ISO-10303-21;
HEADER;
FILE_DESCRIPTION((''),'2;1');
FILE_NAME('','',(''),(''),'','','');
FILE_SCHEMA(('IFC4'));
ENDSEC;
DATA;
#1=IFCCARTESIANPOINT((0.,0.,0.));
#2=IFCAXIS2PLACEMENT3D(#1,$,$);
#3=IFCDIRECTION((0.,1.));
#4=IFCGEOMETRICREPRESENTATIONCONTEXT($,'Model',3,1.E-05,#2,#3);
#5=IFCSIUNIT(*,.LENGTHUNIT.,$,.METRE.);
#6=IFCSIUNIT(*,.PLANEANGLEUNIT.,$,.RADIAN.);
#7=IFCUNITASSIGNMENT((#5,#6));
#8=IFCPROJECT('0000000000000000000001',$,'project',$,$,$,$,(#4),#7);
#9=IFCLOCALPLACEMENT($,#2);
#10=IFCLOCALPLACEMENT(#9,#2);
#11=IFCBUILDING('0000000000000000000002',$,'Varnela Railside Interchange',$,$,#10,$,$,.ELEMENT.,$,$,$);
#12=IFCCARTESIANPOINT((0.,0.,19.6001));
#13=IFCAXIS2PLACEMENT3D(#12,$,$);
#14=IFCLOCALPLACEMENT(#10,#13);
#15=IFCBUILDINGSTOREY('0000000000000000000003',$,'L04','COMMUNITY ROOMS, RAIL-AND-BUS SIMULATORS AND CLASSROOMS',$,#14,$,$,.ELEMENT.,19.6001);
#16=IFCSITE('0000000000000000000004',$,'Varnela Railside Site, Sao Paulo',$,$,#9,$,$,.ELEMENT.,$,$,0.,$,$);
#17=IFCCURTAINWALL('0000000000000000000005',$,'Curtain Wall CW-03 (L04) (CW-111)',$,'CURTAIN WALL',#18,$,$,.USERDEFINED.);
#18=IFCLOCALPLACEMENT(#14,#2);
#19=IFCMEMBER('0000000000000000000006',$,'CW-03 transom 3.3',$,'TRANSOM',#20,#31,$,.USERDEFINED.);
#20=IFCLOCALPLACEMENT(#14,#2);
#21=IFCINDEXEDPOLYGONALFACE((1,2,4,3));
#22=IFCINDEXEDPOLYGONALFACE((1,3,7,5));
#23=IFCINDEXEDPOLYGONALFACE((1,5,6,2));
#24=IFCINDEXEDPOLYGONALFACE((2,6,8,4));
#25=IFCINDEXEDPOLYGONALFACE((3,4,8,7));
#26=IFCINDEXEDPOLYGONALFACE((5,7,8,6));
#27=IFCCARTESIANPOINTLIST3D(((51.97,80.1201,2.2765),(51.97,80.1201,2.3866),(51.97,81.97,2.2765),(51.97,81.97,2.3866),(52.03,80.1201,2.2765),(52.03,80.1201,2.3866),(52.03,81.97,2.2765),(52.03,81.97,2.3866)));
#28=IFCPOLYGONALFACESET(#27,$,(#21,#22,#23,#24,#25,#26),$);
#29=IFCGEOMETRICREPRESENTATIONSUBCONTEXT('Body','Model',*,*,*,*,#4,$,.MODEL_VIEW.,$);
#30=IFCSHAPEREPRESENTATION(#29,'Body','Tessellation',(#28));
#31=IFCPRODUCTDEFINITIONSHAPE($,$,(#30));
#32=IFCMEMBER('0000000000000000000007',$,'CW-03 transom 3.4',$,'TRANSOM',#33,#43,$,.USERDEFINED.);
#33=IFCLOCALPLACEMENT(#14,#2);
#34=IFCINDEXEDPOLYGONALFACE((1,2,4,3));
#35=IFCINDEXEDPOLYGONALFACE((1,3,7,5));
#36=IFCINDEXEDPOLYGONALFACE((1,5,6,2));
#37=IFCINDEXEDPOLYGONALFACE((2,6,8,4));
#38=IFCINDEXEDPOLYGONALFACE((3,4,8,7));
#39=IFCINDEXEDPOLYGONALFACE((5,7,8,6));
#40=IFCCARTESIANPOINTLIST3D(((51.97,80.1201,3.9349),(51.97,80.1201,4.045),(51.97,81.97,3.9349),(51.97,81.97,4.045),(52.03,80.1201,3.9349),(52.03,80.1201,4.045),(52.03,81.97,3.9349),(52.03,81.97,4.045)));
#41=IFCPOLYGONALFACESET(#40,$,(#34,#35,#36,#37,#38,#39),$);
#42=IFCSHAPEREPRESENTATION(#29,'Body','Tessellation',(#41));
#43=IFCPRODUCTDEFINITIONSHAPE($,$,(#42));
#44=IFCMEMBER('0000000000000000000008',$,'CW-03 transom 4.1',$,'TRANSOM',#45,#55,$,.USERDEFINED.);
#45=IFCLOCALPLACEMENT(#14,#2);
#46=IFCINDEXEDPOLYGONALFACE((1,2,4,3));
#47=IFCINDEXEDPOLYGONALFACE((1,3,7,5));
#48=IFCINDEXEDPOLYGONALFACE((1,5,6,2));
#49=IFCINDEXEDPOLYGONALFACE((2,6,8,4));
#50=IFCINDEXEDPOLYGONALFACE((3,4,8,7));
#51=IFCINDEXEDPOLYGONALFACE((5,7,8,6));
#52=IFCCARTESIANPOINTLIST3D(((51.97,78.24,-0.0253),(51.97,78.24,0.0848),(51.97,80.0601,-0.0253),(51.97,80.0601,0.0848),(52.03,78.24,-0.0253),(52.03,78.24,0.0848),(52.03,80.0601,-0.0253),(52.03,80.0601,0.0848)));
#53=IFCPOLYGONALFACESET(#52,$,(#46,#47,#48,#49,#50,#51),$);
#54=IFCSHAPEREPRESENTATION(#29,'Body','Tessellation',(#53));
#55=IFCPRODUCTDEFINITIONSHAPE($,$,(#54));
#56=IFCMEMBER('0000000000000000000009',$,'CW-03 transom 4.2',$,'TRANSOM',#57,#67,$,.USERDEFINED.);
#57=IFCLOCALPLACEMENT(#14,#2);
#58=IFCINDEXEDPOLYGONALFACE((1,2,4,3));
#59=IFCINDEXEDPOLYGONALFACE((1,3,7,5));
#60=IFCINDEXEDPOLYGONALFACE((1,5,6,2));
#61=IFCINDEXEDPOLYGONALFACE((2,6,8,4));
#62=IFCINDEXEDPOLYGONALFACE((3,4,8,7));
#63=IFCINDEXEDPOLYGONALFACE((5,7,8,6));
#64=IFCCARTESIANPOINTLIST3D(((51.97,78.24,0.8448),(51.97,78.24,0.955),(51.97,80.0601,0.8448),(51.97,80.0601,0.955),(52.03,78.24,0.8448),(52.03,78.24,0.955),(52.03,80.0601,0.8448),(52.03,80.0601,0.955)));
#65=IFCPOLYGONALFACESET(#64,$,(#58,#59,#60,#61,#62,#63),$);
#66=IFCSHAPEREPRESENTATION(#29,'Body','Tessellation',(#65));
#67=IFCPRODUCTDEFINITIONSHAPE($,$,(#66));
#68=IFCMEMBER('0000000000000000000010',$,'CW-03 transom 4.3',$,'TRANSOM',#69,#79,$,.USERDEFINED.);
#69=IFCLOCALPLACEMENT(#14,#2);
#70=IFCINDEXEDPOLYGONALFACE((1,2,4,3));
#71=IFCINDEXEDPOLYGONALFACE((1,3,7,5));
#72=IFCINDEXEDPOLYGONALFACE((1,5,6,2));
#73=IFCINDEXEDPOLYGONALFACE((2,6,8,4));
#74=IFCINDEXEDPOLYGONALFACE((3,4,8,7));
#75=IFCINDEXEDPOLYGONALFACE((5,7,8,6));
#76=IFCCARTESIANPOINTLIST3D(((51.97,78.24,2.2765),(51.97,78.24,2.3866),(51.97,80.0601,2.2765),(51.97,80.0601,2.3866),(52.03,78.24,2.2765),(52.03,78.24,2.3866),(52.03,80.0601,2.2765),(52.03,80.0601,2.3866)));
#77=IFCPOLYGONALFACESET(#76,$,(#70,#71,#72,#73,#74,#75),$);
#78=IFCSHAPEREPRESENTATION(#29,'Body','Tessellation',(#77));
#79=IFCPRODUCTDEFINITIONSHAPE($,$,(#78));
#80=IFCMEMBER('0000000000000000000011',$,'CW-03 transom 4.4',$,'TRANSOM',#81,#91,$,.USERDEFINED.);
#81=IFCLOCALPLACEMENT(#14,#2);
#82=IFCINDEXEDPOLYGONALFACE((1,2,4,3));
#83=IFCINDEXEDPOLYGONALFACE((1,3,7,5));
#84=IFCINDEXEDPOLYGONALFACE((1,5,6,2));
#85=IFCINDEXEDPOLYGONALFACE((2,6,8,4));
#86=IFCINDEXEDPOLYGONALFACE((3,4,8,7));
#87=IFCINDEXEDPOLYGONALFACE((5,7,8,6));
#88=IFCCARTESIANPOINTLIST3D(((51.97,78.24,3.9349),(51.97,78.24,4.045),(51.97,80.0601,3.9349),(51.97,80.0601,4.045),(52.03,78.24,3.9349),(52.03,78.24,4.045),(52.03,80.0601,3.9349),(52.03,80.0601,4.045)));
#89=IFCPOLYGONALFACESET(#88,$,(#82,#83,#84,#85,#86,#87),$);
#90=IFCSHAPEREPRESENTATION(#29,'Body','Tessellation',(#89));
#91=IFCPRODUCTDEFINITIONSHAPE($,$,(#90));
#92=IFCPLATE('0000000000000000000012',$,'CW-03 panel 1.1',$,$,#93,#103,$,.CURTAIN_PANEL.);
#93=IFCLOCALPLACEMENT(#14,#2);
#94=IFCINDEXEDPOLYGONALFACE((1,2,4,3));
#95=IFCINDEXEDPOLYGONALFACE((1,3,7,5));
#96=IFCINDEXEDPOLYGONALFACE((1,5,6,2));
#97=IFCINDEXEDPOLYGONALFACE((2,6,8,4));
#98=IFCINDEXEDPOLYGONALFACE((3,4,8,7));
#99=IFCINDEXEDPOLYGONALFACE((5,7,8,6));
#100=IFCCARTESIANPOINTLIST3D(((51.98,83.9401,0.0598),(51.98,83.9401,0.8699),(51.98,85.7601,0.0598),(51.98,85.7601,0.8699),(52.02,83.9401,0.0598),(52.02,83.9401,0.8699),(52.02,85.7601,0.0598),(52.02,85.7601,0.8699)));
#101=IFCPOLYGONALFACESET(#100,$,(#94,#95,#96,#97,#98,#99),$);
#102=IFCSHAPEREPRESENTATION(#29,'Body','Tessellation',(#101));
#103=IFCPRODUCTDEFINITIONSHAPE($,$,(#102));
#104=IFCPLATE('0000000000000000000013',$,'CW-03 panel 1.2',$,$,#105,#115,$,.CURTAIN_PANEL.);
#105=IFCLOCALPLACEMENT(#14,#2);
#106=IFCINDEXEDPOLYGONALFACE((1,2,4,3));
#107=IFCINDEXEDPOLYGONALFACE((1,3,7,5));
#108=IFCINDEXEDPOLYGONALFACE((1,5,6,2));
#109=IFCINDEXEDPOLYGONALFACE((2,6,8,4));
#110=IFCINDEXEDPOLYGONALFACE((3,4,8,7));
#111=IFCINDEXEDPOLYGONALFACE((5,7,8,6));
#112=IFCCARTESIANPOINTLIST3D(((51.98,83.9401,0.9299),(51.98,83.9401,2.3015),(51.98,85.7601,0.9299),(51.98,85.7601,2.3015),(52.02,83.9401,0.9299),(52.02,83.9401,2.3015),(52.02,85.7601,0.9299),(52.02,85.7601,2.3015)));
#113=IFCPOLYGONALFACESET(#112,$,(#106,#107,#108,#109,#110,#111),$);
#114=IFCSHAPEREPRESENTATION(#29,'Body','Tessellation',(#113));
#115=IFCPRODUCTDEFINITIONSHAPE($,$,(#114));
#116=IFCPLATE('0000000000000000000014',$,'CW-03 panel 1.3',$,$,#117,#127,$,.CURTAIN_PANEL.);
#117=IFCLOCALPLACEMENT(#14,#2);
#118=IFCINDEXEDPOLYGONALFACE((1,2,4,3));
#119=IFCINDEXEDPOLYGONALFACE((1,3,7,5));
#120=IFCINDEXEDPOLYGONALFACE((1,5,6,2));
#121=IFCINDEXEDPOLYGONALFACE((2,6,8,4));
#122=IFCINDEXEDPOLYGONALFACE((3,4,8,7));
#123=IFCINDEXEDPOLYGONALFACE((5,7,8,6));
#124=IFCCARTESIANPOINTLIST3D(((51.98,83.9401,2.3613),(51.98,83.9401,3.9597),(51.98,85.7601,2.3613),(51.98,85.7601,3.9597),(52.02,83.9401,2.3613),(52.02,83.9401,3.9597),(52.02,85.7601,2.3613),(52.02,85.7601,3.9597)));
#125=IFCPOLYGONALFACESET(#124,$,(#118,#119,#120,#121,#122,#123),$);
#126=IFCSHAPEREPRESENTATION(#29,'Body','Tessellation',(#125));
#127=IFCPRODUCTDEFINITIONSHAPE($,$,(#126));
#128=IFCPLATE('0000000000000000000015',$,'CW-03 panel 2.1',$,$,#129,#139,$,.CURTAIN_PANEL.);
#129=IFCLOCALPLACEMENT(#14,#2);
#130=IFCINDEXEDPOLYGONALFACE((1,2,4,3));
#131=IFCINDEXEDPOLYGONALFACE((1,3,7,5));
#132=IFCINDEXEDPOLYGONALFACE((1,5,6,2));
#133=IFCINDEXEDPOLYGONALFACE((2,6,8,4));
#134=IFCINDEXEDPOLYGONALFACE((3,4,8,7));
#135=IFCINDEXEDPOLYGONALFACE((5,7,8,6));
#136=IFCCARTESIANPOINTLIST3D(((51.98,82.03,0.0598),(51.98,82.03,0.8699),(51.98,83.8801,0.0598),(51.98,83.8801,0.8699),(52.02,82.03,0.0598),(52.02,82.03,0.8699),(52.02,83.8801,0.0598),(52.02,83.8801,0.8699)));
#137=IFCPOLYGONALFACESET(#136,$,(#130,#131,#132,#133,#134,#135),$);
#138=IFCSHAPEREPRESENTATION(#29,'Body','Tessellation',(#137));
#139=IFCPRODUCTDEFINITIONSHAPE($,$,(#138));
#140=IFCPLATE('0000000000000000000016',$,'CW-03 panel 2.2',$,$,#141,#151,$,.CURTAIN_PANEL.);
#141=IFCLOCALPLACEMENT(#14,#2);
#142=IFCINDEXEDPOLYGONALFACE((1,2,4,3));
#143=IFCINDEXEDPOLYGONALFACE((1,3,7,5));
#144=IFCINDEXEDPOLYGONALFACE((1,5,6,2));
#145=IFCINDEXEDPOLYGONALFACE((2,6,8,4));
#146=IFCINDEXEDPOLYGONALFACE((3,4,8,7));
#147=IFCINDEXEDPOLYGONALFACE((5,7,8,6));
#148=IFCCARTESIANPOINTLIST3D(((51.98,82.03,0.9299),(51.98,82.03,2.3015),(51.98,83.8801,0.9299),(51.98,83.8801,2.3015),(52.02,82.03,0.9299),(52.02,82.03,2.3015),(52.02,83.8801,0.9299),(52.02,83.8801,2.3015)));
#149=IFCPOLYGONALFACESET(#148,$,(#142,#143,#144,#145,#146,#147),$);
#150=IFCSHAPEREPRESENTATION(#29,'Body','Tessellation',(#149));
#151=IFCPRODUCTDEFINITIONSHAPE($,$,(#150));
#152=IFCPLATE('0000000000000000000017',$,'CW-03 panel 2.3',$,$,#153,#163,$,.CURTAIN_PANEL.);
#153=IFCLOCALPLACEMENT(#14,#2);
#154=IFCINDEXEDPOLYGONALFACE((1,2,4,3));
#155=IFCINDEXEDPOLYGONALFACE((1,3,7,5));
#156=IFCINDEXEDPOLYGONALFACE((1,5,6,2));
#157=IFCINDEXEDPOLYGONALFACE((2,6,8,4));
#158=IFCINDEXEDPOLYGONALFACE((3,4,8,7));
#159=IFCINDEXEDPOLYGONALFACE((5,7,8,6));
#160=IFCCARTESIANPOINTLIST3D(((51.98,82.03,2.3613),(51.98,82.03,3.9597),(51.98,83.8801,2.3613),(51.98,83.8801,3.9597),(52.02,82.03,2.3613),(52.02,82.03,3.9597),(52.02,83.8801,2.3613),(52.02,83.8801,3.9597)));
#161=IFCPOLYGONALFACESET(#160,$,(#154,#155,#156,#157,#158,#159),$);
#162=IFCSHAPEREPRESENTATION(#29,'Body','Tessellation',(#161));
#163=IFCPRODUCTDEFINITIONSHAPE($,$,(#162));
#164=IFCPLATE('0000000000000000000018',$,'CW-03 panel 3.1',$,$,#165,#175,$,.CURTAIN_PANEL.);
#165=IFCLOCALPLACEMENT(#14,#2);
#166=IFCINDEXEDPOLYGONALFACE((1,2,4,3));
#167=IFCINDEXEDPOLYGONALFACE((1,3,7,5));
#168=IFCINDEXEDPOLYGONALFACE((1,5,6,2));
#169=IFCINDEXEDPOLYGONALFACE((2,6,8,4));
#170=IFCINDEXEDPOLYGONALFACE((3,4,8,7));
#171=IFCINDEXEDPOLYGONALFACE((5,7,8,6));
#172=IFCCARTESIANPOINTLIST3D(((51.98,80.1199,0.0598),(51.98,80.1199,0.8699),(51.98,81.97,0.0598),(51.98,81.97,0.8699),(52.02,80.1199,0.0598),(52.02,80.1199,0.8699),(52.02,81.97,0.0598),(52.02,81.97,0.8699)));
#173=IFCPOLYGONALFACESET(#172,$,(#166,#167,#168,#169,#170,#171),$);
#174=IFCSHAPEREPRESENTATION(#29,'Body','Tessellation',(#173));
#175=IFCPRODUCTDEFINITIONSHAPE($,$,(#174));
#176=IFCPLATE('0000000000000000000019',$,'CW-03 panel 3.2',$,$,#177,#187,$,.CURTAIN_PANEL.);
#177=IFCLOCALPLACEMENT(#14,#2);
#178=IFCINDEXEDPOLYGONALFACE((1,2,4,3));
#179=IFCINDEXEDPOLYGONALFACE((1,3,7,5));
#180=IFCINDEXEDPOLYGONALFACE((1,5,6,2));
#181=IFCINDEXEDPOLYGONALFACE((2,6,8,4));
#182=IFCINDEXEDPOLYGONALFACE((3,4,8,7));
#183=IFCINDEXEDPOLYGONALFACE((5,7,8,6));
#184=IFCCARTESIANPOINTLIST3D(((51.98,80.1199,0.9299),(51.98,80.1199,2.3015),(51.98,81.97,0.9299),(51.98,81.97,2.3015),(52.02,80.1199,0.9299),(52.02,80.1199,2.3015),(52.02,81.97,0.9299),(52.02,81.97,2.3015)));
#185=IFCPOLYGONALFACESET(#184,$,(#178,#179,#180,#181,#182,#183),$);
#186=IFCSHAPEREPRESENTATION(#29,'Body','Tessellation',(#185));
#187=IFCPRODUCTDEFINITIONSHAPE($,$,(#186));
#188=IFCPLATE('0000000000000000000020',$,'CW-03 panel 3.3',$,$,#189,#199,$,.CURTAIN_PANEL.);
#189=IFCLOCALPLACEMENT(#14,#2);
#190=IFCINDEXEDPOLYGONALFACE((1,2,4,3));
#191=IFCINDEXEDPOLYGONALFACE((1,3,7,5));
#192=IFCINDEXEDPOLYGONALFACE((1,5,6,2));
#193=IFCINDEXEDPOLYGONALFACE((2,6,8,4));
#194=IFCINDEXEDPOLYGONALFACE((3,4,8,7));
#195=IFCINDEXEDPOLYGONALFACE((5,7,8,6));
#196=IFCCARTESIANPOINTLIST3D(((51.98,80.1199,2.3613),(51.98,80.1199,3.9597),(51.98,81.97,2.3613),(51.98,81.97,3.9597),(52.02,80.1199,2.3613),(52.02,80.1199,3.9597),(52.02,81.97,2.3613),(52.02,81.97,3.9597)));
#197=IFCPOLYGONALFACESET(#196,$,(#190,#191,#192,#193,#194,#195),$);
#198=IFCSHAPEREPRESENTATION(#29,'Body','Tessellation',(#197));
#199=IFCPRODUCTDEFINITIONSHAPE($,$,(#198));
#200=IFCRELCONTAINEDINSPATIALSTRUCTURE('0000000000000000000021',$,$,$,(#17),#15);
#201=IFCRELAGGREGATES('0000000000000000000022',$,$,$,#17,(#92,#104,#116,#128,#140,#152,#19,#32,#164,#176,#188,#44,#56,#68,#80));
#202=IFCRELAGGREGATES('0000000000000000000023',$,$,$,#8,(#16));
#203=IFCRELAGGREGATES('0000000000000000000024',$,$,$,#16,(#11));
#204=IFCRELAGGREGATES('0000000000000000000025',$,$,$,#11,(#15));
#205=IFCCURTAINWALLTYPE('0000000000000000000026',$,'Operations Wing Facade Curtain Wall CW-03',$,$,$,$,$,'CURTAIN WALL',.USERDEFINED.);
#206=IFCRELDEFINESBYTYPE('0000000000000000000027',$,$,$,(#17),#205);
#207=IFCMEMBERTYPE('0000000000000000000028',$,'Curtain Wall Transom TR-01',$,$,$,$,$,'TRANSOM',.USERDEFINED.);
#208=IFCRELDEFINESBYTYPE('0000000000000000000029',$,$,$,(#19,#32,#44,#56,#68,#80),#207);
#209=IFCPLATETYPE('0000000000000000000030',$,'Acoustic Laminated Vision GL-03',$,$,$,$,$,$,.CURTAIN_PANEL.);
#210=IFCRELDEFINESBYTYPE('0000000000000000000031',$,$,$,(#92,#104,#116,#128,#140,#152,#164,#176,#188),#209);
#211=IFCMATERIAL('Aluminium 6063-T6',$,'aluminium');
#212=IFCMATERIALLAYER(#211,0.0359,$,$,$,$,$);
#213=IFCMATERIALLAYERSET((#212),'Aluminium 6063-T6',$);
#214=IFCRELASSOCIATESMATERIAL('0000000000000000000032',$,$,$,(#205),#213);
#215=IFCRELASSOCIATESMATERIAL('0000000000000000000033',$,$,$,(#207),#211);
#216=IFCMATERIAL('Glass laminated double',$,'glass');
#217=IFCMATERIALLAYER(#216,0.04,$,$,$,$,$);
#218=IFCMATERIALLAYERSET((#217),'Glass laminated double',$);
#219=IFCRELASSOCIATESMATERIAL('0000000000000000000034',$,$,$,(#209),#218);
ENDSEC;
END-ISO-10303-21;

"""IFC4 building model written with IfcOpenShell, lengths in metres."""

from ifc_helpers import new_model, si_unit, direction, frame, origin, origin_2d, place, context, subcontext, project, spatial, rectangle, extrude, material, layer, layer_set, material_profile, profile_set, type_object, element, aggregate, save


model = new_model("IFC4")

# Units and contexts
model_context = context("Model", 3, precision=1e-05, world=origin(), true_north=direction((0.0, 1.0)))
body_context = subcontext(model_context, "Body", "Model", "MODEL_VIEW")
ifc_project = project(units=[si_unit("LENGTHUNIT", "METRE"), si_unit("PLANEANGLEUNIT", "RADIAN")], contexts=[model_context])

# Site, building, storey
site_placement = place(None, origin())
site = spatial("IfcSite", under=ifc_project, at=site_placement, Name="Varnela Railside Site, Sao Paulo", CompositionType="ELEMENT", RefElevation=0.0)
building_placement = place(site_placement, origin())
building = spatial("IfcBuilding", under=site, at=building_placement, Name="Varnela Railside Interchange", CompositionType="ELEMENT")
storey_placement = place(building_placement, frame((0.0, 0.0, 19.6001)))
storey = spatial("IfcBuildingStorey", under=building, at=storey_placement, Name="L04", Description="COMMUNITY ROOMS, RAIL-AND-BUS SIMULATORS AND CLASSROOMS", CompositionType="ELEMENT", Elevation=19.6001)

# Curtain wall
ifc_material_1 = material(Name="Aluminium 6063-T6", Category="aluminium")
ifc_layer_1 = layer(ifc_material_1, 0.0359)
ifc_layer_set_1 = layer_set([ifc_layer_1], Name="Aluminium 6063-T6")
curtain_wall_type = type_object("IfcCurtainWallType", Name="Operations Wing Facade Curtain Wall CW-03", ElementType="CURTAIN WALL", PredefinedType="USERDEFINED", material=ifc_layer_set_1)
curtain_wall_1_placement = place(storey_placement, origin())
curtain_wall_1 = element("IfcCurtainWall", 1, at=curtain_wall_1_placement, inside=storey, type_object=curtain_wall_type, Name="Curtain Wall CW-03 (L04) (CW-111)", ObjectType="CURTAIN WALL", PredefinedType="USERDEFINED")

# Members
ifc_material_profile_1 = material_profile(ifc_material_1, rectangle(XDim=0.0601, YDim=0.1101, at=origin_2d()), Name="ALU 60x110")
ifc_profile_set_1 = profile_set([ifc_material_profile_1], Name="Aluminium 6063-T6")
member_type_1 = type_object("IfcMemberType", Name="Curtain Wall Transom TR-01", ElementType="TRANSOM", PredefinedType="USERDEFINED", material=ifc_profile_set_1)
member_1_placement = place(storey_placement, frame((52.0, 81.97, 2.3315), z_axis=(0.0, -1.0, 0.0), x_axis=(1.0, 0.0, 0.0)))
member_1 = element("IfcMember", 2, at=member_1_placement, type_object=member_type_1, Name="CW-03 transom 3.3", ObjectType="TRANSOM", PredefinedType="USERDEFINED", context=body_context, shape_type="SweptSolid", body=[
    extrude(rectangle(XDim=0.0601, YDim=0.1101, at=origin_2d()), origin(), (0.0, 0.0, 1.0), 1.8499),
])
member_2_placement = place(storey_placement, frame((52.0, 81.97, 3.99), z_axis=(0.0, -1.0, 0.0), x_axis=(1.0, 0.0, 0.0)))
member_2 = element("IfcMember", 3, at=member_2_placement, type_object=member_type_1, Name="CW-03 transom 3.4", ObjectType="TRANSOM", PredefinedType="USERDEFINED", context=body_context, shape_type="SweptSolid", body=[
    extrude(rectangle(XDim=0.0601, YDim=0.1101, at=origin_2d()), origin(), (0.0, 0.0, 1.0), 1.8499),
])
member_3_placement = place(storey_placement, frame((52.0, 80.0601, 0.0298), z_axis=(0.0, -1.0, 0.0), x_axis=(1.0, 0.0, 0.0)))
member_3 = element("IfcMember", 4, at=member_3_placement, type_object=member_type_1, Name="CW-03 transom 4.1", ObjectType="TRANSOM", PredefinedType="USERDEFINED", context=body_context, shape_type="SweptSolid", body=[
    extrude(rectangle(XDim=0.0601, YDim=0.1101, at=origin_2d()), origin(), (0.0, 0.0, 1.0), 1.8201),
])
member_4_placement = place(storey_placement, frame((52.0, 80.0601, 0.8999), z_axis=(0.0, -1.0, 0.0), x_axis=(1.0, 0.0, 0.0)))
member_4 = element("IfcMember", 5, at=member_4_placement, type_object=member_type_1, Name="CW-03 transom 4.2", ObjectType="TRANSOM", PredefinedType="USERDEFINED", context=body_context, shape_type="SweptSolid", body=[
    extrude(rectangle(XDim=0.0601, YDim=0.1101, at=origin_2d()), origin(), (0.0, 0.0, 1.0), 1.8201),
])
member_5_placement = place(storey_placement, frame((52.0, 80.0601, 2.3315), z_axis=(0.0, -1.0, 0.0), x_axis=(1.0, 0.0, 0.0)))
member_5 = element("IfcMember", 6, at=member_5_placement, type_object=member_type_1, Name="CW-03 transom 4.3", ObjectType="TRANSOM", PredefinedType="USERDEFINED", context=body_context, shape_type="SweptSolid", body=[
    extrude(rectangle(XDim=0.0601, YDim=0.1101, at=origin_2d()), origin(), (0.0, 0.0, 1.0), 1.8201),
])
member_6_placement = place(storey_placement, frame((52.0, 80.0601, 3.99), z_axis=(0.0, -1.0, 0.0), x_axis=(1.0, 0.0, 0.0)))
member_6 = element("IfcMember", 7, at=member_6_placement, type_object=member_type_1, Name="CW-03 transom 4.4", ObjectType="TRANSOM", PredefinedType="USERDEFINED", context=body_context, shape_type="SweptSolid", body=[
    extrude(rectangle(XDim=0.0601, YDim=0.1101, at=origin_2d()), origin(), (0.0, 0.0, 1.0), 1.8201),
])

# Plates
ifc_material_2 = material(Name="Glass laminated double", Category="glass")
ifc_layer_2 = layer(ifc_material_2, 0.04)
ifc_layer_set_2 = layer_set([ifc_layer_2], Name="Glass laminated double")
plate_type = type_object("IfcPlateType", Name="Acoustic Laminated Vision GL-03", PredefinedType="CURTAIN_PANEL", material=ifc_layer_set_2)
plate_1_placement = place(storey_placement, frame((52.0, 84.8501, 0.0598), z_axis=(0.0, 0.0, 1.0), x_axis=(0.0, -1.0, 0.0)))
plate_1 = element("IfcPlate", 8, at=plate_1_placement, type_object=plate_type, Name="CW-03 panel 1.1", PredefinedType="CURTAIN_PANEL", context=body_context, shape_type="SweptSolid", body=[
    extrude(rectangle(XDim=1.8201, YDim=0.04, at=origin_2d()), origin(), (0.0, 0.0, 1.0), 0.8101),
])
plate_2_placement = place(storey_placement, frame((52.0, 84.8501, 0.9299), z_axis=(0.0, 0.0, 1.0), x_axis=(0.0, -1.0, 0.0)))
plate_2 = element("IfcPlate", 9, at=plate_2_placement, type_object=plate_type, Name="CW-03 panel 1.2", PredefinedType="CURTAIN_PANEL", context=body_context, shape_type="SweptSolid", body=[
    extrude(rectangle(XDim=1.8201, YDim=0.04, at=origin_2d()), origin(), (0.0, 0.0, 1.0), 1.3716),
])
plate_3_placement = place(storey_placement, frame((52.0, 84.8501, 2.3613), z_axis=(0.0, 0.0, 1.0), x_axis=(0.0, -1.0, 0.0)))
plate_3 = element("IfcPlate", 10, at=plate_3_placement, type_object=plate_type, Name="CW-03 panel 1.3", PredefinedType="CURTAIN_PANEL", context=body_context, shape_type="SweptSolid", body=[
    extrude(rectangle(XDim=1.8201, YDim=0.04, at=origin_2d()), origin(), (0.0, 0.0, 1.0), 1.5984),
])
plate_4_placement = place(storey_placement, frame((52.0, 82.9551, 0.0598), z_axis=(0.0, 0.0, 1.0), x_axis=(0.0, -1.0, 0.0)))
plate_4 = element("IfcPlate", 11, at=plate_4_placement, type_object=plate_type, Name="CW-03 panel 2.1", PredefinedType="CURTAIN_PANEL", context=body_context, shape_type="SweptSolid", body=[
    extrude(rectangle(XDim=1.8501, YDim=0.04, at=origin_2d()), origin(), (0.0, 0.0, 1.0), 0.8101),
])
plate_5_placement = place(storey_placement, frame((52.0, 82.9551, 0.9299), z_axis=(0.0, 0.0, 1.0), x_axis=(0.0, -1.0, 0.0)))
plate_5 = element("IfcPlate", 12, at=plate_5_placement, type_object=plate_type, Name="CW-03 panel 2.2", PredefinedType="CURTAIN_PANEL", context=body_context, shape_type="SweptSolid", body=[
    extrude(rectangle(XDim=1.8501, YDim=0.04, at=origin_2d()), origin(), (0.0, 0.0, 1.0), 1.3716),
])
plate_6_placement = place(storey_placement, frame((52.0, 82.9551, 2.3613), z_axis=(0.0, 0.0, 1.0), x_axis=(0.0, -1.0, 0.0)))
plate_6 = element("IfcPlate", 13, at=plate_6_placement, type_object=plate_type, Name="CW-03 panel 2.3", PredefinedType="CURTAIN_PANEL", context=body_context, shape_type="SweptSolid", body=[
    extrude(rectangle(XDim=1.8501, YDim=0.04, at=origin_2d()), origin(), (0.0, 0.0, 1.0), 1.5984),
])
plate_7_placement = place(storey_placement, frame((52.0, 81.0449, 0.0598), z_axis=(0.0, 0.0, 1.0), x_axis=(0.0, -1.0, 0.0)))
plate_7 = element("IfcPlate", 14, at=plate_7_placement, type_object=plate_type, Name="CW-03 panel 3.1", PredefinedType="CURTAIN_PANEL", context=body_context, shape_type="SweptSolid", body=[
    extrude(rectangle(XDim=1.8501, YDim=0.04, at=origin_2d()), origin(), (0.0, 0.0, 1.0), 0.8101),
])
plate_8_placement = place(storey_placement, frame((52.0, 81.0449, 0.9299), z_axis=(0.0, 0.0, 1.0), x_axis=(0.0, -1.0, 0.0)))
plate_8 = element("IfcPlate", 15, at=plate_8_placement, type_object=plate_type, Name="CW-03 panel 3.2", PredefinedType="CURTAIN_PANEL", context=body_context, shape_type="SweptSolid", body=[
    extrude(rectangle(XDim=1.8501, YDim=0.04, at=origin_2d()), origin(), (0.0, 0.0, 1.0), 1.3716),
])
plate_9_placement = place(storey_placement, frame((52.0, 81.0449, 2.3613), z_axis=(0.0, 0.0, 1.0), x_axis=(0.0, -1.0, 0.0)))
plate_9 = element("IfcPlate", 16, at=plate_9_placement, type_object=plate_type, Name="CW-03 panel 3.3", PredefinedType="CURTAIN_PANEL", context=body_context, shape_type="SweptSolid", body=[
    extrude(rectangle(XDim=1.8501, YDim=0.04, at=origin_2d()), origin(), (0.0, 0.0, 1.0), 1.5984),
])
aggregate(curtain_wall_1, [plate_1, plate_2, plate_3, plate_4, plate_5, plate_6, member_1, member_2, plate_7, plate_8, plate_9, member_3, member_4, member_5, member_6])

save(model, "model.ifc")
